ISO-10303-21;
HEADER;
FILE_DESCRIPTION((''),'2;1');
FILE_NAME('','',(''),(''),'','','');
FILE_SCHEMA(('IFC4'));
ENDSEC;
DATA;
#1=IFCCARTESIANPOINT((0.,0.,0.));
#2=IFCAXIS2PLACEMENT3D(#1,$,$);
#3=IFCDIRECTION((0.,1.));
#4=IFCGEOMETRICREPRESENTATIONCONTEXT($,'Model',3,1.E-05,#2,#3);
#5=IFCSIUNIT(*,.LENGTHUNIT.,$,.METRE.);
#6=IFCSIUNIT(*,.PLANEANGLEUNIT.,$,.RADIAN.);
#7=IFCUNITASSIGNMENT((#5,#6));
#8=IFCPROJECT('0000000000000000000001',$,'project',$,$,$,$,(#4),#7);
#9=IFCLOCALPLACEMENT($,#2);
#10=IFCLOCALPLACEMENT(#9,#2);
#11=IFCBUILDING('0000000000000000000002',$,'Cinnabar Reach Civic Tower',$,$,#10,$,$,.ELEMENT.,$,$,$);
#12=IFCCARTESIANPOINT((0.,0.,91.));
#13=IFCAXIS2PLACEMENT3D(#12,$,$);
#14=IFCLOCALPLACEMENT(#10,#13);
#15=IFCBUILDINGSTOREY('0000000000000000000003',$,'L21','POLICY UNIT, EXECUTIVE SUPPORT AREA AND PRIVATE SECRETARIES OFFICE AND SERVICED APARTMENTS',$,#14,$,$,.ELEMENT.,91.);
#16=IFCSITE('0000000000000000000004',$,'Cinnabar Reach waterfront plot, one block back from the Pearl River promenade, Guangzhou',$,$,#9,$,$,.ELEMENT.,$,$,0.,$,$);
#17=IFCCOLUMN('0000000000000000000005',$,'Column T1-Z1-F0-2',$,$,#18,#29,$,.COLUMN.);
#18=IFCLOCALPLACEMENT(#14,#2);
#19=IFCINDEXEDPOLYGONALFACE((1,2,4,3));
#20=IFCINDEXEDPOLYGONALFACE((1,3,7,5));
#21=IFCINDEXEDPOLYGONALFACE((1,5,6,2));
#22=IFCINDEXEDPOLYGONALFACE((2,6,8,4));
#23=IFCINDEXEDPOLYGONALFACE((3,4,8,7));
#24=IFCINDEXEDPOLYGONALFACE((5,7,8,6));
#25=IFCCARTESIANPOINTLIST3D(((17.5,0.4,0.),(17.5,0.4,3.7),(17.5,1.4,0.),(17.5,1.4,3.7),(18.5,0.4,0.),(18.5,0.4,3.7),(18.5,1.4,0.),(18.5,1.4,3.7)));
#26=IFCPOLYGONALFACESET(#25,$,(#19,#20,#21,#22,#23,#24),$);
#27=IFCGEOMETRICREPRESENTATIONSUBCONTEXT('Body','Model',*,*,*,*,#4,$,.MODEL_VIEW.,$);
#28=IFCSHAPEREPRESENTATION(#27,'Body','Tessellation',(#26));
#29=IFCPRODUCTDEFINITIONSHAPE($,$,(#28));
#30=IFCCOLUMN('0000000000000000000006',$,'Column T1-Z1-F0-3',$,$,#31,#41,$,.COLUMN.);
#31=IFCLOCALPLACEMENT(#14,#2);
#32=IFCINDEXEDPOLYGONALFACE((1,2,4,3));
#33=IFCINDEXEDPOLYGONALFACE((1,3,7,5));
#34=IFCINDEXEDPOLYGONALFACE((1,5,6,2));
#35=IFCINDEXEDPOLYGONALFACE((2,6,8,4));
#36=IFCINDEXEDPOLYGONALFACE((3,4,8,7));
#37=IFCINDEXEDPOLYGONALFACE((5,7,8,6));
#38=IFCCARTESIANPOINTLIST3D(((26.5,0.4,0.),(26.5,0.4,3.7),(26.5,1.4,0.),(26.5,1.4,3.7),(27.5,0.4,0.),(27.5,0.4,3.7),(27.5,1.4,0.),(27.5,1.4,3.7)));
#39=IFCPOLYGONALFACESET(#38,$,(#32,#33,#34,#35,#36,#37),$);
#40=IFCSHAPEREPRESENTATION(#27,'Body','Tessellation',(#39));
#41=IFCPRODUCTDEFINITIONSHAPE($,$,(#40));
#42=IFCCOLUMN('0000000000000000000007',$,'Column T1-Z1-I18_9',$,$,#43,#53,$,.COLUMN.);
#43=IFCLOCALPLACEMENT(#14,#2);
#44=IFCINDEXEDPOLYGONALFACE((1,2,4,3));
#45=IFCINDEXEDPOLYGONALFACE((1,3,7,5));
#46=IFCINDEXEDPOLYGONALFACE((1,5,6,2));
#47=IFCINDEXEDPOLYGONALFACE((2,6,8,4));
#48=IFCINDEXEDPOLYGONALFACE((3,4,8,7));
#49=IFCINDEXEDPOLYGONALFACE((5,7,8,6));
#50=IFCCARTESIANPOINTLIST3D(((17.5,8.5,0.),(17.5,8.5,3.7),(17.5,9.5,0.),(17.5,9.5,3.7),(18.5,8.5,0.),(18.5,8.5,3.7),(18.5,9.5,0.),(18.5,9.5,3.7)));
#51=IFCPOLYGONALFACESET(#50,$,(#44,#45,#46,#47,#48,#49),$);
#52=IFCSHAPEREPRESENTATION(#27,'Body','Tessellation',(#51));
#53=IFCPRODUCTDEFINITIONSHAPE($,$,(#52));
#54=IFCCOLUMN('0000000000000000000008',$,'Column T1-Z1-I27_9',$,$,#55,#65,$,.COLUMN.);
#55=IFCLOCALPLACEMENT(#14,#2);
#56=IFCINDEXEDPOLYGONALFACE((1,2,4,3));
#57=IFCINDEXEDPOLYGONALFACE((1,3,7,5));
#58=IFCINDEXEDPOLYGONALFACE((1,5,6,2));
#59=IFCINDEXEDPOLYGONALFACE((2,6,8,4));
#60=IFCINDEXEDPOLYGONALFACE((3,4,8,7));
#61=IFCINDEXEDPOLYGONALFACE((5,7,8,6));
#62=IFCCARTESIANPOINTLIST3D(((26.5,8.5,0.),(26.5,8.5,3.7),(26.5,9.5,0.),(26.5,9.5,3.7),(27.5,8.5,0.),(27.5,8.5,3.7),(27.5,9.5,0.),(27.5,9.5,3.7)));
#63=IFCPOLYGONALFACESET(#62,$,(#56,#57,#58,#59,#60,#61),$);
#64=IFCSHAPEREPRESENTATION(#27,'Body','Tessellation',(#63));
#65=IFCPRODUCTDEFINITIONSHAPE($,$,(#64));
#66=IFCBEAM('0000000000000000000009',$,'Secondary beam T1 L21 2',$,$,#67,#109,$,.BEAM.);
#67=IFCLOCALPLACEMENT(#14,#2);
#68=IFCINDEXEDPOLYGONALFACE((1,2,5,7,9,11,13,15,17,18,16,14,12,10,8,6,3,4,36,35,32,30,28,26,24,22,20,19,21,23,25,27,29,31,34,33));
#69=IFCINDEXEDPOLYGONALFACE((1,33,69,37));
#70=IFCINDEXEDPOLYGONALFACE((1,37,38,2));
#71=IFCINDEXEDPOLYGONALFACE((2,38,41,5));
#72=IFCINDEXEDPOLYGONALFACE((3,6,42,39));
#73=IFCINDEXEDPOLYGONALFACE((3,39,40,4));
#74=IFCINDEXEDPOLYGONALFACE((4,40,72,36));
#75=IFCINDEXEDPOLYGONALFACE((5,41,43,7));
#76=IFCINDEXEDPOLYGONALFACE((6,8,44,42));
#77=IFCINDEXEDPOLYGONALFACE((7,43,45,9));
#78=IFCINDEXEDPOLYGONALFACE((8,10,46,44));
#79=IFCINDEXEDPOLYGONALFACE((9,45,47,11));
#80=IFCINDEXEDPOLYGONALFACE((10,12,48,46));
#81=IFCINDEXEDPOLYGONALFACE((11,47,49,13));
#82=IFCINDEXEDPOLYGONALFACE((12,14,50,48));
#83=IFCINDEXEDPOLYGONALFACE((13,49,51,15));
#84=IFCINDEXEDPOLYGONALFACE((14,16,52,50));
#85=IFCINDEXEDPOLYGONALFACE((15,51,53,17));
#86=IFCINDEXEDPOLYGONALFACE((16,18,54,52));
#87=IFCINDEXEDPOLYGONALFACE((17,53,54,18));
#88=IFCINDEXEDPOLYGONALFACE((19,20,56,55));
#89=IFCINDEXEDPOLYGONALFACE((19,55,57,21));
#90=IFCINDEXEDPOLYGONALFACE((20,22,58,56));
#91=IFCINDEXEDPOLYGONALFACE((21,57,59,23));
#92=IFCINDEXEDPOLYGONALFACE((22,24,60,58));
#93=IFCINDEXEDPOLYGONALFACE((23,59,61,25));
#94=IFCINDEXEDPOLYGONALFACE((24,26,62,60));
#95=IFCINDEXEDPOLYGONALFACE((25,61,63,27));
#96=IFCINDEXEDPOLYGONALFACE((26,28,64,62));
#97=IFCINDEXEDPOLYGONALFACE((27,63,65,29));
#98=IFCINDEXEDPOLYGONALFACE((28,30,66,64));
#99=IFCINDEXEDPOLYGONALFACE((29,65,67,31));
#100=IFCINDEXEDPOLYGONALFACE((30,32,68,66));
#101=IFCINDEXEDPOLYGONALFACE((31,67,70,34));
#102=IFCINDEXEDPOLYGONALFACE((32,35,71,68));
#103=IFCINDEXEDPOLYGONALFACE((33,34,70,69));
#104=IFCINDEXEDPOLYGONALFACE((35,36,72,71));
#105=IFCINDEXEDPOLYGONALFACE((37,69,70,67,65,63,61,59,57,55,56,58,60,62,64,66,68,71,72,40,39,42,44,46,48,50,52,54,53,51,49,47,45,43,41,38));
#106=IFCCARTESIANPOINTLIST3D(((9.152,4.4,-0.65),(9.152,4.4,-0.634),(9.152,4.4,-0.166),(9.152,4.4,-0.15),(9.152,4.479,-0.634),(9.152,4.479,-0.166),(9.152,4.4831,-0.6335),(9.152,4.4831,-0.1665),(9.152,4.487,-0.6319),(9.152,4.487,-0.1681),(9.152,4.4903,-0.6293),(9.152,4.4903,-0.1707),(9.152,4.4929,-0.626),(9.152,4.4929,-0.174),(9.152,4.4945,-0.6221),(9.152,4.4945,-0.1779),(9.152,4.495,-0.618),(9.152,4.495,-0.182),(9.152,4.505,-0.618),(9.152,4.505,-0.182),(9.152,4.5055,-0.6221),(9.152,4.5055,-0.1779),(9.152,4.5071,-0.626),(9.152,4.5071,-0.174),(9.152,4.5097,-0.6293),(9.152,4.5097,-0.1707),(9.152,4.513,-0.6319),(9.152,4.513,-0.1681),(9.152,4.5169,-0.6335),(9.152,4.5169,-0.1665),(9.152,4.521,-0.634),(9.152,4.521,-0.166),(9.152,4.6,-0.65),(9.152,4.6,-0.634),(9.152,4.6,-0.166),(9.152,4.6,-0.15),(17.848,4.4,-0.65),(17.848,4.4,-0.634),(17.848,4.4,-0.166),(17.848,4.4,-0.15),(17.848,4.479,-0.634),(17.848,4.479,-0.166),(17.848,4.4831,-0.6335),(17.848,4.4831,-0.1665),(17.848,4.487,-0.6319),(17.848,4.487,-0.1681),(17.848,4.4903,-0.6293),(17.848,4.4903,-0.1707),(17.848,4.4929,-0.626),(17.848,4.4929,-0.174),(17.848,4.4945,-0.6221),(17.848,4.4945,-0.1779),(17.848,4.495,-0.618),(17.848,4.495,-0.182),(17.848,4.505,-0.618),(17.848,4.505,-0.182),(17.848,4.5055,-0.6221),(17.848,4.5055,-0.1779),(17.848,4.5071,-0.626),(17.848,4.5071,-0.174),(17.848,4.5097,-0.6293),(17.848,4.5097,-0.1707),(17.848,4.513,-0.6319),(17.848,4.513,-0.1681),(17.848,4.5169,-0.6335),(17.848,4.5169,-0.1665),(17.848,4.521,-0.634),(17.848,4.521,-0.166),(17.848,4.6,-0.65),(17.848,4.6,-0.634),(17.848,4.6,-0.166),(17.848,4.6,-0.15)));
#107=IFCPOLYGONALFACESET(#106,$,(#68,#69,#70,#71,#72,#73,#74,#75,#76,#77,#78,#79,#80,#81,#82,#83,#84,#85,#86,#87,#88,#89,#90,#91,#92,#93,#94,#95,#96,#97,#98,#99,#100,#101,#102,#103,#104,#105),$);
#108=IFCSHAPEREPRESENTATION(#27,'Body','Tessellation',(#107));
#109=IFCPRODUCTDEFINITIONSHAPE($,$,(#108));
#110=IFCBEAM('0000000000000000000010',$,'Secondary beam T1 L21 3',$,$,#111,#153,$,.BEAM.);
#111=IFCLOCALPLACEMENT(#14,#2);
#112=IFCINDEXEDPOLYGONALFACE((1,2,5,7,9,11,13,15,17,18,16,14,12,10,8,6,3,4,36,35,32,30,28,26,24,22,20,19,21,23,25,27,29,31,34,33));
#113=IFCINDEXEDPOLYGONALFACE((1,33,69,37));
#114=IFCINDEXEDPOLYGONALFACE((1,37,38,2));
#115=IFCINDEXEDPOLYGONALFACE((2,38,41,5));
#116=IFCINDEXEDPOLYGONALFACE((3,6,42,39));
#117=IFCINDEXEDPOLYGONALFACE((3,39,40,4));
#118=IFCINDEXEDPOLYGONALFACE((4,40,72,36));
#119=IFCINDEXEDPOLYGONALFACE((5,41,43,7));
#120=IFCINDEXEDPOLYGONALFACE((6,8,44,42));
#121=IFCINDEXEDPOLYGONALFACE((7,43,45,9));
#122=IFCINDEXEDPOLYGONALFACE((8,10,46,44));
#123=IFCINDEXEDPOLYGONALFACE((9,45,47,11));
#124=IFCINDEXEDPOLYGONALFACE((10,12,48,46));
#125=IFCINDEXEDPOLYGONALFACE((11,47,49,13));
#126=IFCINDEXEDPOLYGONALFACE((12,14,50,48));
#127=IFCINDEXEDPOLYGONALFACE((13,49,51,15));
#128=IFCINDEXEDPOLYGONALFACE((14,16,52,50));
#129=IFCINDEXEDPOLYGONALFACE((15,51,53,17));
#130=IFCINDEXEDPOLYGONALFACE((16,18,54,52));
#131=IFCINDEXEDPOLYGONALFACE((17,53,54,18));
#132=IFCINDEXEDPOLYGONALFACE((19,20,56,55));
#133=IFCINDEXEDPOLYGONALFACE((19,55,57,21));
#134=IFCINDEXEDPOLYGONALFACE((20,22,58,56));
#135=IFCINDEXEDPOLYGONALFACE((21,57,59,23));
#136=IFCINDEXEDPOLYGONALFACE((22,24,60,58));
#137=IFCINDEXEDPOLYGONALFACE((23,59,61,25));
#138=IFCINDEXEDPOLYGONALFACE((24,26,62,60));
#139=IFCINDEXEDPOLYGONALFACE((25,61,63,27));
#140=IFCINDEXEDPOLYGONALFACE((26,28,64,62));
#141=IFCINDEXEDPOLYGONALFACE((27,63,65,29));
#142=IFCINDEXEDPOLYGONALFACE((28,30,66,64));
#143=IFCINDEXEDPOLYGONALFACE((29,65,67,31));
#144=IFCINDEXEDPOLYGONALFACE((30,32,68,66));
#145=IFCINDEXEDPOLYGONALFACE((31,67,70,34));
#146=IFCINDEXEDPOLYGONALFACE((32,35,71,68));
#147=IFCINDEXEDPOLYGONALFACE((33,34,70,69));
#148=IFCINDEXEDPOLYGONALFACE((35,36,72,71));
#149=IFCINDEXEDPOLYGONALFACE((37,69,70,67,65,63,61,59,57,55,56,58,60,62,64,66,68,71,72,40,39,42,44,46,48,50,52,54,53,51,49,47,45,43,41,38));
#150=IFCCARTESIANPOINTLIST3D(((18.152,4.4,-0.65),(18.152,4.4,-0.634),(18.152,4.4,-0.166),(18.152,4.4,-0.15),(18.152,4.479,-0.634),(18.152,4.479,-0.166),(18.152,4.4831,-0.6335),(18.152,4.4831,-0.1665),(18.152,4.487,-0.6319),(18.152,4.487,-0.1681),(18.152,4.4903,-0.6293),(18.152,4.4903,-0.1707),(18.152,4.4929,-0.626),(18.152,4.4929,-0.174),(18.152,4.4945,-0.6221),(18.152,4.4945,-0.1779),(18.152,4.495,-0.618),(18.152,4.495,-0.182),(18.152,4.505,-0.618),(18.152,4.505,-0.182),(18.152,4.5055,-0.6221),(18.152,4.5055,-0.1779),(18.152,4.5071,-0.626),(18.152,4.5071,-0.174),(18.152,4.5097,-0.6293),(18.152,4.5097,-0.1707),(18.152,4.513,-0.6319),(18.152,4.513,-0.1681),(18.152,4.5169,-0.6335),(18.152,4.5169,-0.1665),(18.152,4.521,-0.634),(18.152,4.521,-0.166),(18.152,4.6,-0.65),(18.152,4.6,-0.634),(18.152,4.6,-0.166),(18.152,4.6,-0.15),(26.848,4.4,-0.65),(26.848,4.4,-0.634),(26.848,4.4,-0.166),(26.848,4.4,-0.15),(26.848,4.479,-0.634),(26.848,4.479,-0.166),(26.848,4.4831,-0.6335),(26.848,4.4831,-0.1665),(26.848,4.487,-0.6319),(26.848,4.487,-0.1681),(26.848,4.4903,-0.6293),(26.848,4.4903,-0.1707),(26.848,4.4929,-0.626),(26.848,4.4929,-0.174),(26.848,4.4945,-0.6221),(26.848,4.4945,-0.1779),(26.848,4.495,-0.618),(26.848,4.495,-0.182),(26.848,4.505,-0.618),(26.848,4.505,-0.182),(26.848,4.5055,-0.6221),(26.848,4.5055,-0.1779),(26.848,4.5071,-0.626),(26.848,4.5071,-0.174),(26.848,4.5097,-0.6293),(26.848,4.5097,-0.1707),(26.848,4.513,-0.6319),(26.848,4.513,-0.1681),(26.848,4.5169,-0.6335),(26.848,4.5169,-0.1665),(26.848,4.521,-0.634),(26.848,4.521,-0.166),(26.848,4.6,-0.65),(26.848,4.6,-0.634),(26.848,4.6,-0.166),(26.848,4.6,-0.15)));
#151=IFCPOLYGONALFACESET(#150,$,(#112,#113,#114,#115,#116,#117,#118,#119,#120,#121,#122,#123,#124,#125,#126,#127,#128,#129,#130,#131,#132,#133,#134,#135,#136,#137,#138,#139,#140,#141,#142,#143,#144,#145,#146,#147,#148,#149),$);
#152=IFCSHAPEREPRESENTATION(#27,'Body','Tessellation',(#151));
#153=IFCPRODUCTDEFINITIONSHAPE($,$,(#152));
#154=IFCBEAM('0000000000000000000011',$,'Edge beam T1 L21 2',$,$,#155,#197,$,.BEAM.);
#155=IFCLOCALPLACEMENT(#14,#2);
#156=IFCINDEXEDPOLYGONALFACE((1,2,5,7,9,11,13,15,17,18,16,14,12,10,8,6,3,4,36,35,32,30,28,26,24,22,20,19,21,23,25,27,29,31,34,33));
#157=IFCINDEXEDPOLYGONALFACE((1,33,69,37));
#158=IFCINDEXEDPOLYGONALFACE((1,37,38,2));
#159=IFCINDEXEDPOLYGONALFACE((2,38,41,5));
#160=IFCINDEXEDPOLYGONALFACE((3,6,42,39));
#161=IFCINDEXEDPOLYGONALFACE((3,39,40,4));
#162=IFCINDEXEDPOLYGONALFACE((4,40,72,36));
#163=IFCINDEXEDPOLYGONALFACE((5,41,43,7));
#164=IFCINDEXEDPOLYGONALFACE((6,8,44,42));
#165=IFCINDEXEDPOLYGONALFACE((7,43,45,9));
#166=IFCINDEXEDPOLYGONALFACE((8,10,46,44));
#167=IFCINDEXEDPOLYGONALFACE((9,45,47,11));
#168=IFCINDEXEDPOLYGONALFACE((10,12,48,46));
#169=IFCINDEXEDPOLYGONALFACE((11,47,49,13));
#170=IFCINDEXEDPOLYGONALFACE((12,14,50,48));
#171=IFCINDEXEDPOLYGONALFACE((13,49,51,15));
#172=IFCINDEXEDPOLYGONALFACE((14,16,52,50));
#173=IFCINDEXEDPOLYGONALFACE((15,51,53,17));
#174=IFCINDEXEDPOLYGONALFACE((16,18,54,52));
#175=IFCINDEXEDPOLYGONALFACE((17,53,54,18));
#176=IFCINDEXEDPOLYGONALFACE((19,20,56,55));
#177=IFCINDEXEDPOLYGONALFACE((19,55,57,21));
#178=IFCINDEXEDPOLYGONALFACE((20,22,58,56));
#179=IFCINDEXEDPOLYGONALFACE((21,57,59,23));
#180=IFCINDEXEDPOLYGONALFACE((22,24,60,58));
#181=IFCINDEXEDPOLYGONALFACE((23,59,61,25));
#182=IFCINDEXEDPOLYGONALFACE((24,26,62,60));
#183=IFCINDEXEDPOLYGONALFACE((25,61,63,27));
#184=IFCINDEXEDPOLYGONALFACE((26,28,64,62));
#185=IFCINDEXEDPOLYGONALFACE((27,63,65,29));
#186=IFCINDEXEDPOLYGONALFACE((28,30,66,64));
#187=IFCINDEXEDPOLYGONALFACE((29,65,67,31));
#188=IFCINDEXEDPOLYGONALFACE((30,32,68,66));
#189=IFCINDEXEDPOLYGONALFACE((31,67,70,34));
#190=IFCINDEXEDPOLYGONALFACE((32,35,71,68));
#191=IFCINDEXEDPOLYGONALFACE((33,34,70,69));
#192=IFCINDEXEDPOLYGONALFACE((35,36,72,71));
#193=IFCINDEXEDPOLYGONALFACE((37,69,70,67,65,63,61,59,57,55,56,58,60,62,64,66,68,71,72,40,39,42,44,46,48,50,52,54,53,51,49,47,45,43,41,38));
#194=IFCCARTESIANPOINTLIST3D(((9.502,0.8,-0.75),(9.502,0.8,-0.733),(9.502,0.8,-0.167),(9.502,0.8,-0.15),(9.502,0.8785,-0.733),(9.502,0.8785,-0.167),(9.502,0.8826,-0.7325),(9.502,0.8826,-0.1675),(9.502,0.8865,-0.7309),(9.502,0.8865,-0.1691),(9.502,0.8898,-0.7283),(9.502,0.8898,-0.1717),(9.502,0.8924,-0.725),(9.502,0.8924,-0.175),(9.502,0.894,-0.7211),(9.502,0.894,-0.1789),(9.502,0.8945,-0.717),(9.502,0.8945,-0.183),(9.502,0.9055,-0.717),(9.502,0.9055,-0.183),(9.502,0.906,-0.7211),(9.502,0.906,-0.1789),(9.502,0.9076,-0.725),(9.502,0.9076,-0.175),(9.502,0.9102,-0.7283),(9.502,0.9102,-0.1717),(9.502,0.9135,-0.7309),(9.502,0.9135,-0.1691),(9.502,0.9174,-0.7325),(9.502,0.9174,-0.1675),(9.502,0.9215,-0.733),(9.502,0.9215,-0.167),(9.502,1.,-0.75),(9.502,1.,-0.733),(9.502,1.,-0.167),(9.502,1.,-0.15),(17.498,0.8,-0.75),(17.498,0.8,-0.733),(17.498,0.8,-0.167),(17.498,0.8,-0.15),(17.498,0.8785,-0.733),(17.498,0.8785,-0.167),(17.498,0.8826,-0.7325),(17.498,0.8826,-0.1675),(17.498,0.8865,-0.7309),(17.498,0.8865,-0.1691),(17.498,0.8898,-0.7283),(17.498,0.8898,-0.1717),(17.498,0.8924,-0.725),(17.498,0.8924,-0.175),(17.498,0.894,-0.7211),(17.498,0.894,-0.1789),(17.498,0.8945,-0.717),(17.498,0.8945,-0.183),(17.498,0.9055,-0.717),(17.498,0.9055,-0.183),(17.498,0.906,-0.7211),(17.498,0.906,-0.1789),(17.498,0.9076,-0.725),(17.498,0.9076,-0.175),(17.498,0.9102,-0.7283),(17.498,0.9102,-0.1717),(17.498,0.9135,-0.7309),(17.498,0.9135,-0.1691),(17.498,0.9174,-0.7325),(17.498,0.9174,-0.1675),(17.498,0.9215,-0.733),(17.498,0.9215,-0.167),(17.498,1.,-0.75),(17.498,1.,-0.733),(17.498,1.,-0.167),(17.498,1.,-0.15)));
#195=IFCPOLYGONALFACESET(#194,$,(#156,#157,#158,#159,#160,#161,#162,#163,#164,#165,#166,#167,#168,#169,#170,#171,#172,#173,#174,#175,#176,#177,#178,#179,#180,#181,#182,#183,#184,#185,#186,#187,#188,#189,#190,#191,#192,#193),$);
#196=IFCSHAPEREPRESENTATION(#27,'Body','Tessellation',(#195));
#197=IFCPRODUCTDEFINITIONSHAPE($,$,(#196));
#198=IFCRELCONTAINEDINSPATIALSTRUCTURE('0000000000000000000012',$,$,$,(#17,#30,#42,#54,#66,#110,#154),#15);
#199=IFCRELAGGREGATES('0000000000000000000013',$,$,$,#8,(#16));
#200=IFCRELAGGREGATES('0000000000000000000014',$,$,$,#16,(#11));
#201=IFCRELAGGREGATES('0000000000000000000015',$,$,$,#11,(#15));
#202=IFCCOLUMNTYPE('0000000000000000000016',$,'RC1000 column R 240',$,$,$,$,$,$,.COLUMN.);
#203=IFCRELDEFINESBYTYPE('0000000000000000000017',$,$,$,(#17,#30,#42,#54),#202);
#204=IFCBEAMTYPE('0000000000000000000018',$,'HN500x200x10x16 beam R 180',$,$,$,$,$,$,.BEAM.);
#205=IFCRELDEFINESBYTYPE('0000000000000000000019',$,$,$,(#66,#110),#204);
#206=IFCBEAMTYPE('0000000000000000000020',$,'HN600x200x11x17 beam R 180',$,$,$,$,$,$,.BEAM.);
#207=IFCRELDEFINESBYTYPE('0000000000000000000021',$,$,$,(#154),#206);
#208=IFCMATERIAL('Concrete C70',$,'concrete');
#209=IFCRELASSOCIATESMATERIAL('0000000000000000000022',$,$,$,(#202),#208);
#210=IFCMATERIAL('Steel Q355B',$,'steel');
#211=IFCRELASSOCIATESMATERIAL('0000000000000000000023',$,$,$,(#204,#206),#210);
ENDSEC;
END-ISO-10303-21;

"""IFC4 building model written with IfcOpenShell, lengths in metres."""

from ifc_helpers import new_model, si_unit, direction, frame, origin, origin_2d, place, context, subcontext, project, spatial, rectangle, i_section, extrude, material, material_profile, profile_set, type_object, element, save


model = new_model("IFC4")

# Units and contexts
model_context = context("Model", 3, precision=1e-05, world=origin(), true_north=direction((0.0, 1.0)))
body_context = subcontext(model_context, "Body", "Model", "MODEL_VIEW")
ifc_project = project(units=[si_unit("LENGTHUNIT", "METRE"), si_unit("PLANEANGLEUNIT", "RADIAN")], contexts=[model_context])

# Site, building, storey
site_placement = place(None, origin())
site = spatial("IfcSite", under=ifc_project, at=site_placement, Name="Cinnabar Reach waterfront plot, one block back from the Pearl River promenade, Guangzhou", CompositionType="ELEMENT", RefElevation=0.0)
building_placement = place(site_placement, origin())
building = spatial("IfcBuilding", under=site, at=building_placement, Name="Cinnabar Reach Civic Tower", CompositionType="ELEMENT")
storey_placement = place(building_placement, frame((0.0, 0.0, 91.0)))
storey = spatial("IfcBuildingStorey", under=building, at=storey_placement, Name="L21", Description="POLICY UNIT, EXECUTIVE SUPPORT AREA AND PRIVATE SECRETARIES OFFICE AND SERVICED APARTMENTS", CompositionType="ELEMENT", Elevation=91.0)

# Columns
ifc_material_1 = material(Name="Concrete C70", Category="concrete")
ifc_material_profile_1 = material_profile(ifc_material_1, rectangle(XDim=1.0, YDim=1.0, at=origin_2d()), Name="RC1000")
ifc_profile_set_1 = profile_set([ifc_material_profile_1], Name="Concrete C70")
column_type = type_object("IfcColumnType", Name="RC1000 column R 240", PredefinedType="COLUMN", material=ifc_profile_set_1)
for number, where, z_axis, x_axis, name in (
    (1, (18.0, 0.9, 0.0), (0.0, 0.0, 1.0), (1.0, 0.0, 0.0), "Column T1-Z1-F0-2"),
    (2, (27.0, 0.9, 0.0), (0.0, 0.0, 1.0), (1.0, 0.0, 0.0), "Column T1-Z1-F0-3"),
    (3, (18.0, 9.0, 0.0), (0.0, 0.0, 1.0), (1.0, 0.0, 0.0), "Column T1-Z1-I18_9"),
    (4, (27.0, 9.0, 0.0), (0.0, 0.0, 1.0), (1.0, 0.0, 0.0), "Column T1-Z1-I27_9"),
):
    element("IfcColumn", number, at=place(storey_placement, frame(where, z_axis=z_axis, x_axis=x_axis)), inside=storey, type_object=column_type, Name=name, PredefinedType="COLUMN", context=body_context, shape_type="SweptSolid", body=[
        extrude(rectangle(XDim=1.0, YDim=1.0, at=origin_2d()), origin(), (0.0, 0.0, 1.0), 3.7),
    ])

# Beams
ifc_material_2 = material(Name="Steel Q355B", Category="steel")
ifc_material_profile_2 = material_profile(ifc_material_2, i_section(OverallWidth=0.2, OverallDepth=0.5, WebThickness=0.01, FlangeThickness=0.016, FilletRadius=0.016, at=origin_2d()), Name="HN500x200x10x16")
ifc_profile_set_2 = profile_set([ifc_material_profile_2], Name="Steel Q355B")
beam_type_1 = type_object("IfcBeamType", Name="HN500x200x10x16 beam R 180", PredefinedType="BEAM", material=ifc_profile_set_2)
for number, where, z_axis, x_axis, name in (
    (5, (9.152, 4.5, -0.4), (1.0, 0.0, 0.0), (0.0, 1.0, 0.0), "Secondary beam T1 L21 2"),
    (6, (18.152, 4.5, -0.4), (1.0, 0.0, 0.0), (0.0, 1.0, 0.0), "Secondary beam T1 L21 3"),
):
    element("IfcBeam", number, at=place(storey_placement, frame(where, z_axis=z_axis, x_axis=x_axis)), inside=storey, type_object=beam_type_1, Name=name, PredefinedType="BEAM", context=body_context, shape_type="SweptSolid", body=[
        extrude(i_section(OverallWidth=0.2, OverallDepth=0.5, WebThickness=0.01, FlangeThickness=0.016, FilletRadius=0.016, at=origin_2d()), origin(), (0.0, 0.0, 1.0), 8.696),
    ])
ifc_material_profile_3 = material_profile(ifc_material_2, i_section(OverallWidth=0.2, OverallDepth=0.6, WebThickness=0.011, FlangeThickness=0.017, FilletRadius=0.016, at=origin_2d()), Name="HN600x200x11x17")
ifc_profile_set_3 = profile_set([ifc_material_profile_3], Name="Steel Q355B")
beam_type_2 = type_object("IfcBeamType", Name="HN600x200x11x17 beam R 180", PredefinedType="BEAM", material=ifc_profile_set_3)
for number, where, z_axis, x_axis, name in (
    (7, (9.502, 0.9, -0.45), (1.0, 0.0, 0.0), (0.0, 1.0, 0.0), "Edge beam T1 L21 2"),
):
    element("IfcBeam", number, at=place(storey_placement, frame(where, z_axis=z_axis, x_axis=x_axis)), inside=storey, type_object=beam_type_2, Name=name, PredefinedType="BEAM", context=body_context, shape_type="SweptSolid", body=[
        extrude(i_section(OverallWidth=0.2, OverallDepth=0.6, WebThickness=0.011, FlangeThickness=0.017, FilletRadius=0.016, at=origin_2d()), origin(), (0.0, 0.0, 1.0), 7.996),
    ])

save(model, "model.ifc")
